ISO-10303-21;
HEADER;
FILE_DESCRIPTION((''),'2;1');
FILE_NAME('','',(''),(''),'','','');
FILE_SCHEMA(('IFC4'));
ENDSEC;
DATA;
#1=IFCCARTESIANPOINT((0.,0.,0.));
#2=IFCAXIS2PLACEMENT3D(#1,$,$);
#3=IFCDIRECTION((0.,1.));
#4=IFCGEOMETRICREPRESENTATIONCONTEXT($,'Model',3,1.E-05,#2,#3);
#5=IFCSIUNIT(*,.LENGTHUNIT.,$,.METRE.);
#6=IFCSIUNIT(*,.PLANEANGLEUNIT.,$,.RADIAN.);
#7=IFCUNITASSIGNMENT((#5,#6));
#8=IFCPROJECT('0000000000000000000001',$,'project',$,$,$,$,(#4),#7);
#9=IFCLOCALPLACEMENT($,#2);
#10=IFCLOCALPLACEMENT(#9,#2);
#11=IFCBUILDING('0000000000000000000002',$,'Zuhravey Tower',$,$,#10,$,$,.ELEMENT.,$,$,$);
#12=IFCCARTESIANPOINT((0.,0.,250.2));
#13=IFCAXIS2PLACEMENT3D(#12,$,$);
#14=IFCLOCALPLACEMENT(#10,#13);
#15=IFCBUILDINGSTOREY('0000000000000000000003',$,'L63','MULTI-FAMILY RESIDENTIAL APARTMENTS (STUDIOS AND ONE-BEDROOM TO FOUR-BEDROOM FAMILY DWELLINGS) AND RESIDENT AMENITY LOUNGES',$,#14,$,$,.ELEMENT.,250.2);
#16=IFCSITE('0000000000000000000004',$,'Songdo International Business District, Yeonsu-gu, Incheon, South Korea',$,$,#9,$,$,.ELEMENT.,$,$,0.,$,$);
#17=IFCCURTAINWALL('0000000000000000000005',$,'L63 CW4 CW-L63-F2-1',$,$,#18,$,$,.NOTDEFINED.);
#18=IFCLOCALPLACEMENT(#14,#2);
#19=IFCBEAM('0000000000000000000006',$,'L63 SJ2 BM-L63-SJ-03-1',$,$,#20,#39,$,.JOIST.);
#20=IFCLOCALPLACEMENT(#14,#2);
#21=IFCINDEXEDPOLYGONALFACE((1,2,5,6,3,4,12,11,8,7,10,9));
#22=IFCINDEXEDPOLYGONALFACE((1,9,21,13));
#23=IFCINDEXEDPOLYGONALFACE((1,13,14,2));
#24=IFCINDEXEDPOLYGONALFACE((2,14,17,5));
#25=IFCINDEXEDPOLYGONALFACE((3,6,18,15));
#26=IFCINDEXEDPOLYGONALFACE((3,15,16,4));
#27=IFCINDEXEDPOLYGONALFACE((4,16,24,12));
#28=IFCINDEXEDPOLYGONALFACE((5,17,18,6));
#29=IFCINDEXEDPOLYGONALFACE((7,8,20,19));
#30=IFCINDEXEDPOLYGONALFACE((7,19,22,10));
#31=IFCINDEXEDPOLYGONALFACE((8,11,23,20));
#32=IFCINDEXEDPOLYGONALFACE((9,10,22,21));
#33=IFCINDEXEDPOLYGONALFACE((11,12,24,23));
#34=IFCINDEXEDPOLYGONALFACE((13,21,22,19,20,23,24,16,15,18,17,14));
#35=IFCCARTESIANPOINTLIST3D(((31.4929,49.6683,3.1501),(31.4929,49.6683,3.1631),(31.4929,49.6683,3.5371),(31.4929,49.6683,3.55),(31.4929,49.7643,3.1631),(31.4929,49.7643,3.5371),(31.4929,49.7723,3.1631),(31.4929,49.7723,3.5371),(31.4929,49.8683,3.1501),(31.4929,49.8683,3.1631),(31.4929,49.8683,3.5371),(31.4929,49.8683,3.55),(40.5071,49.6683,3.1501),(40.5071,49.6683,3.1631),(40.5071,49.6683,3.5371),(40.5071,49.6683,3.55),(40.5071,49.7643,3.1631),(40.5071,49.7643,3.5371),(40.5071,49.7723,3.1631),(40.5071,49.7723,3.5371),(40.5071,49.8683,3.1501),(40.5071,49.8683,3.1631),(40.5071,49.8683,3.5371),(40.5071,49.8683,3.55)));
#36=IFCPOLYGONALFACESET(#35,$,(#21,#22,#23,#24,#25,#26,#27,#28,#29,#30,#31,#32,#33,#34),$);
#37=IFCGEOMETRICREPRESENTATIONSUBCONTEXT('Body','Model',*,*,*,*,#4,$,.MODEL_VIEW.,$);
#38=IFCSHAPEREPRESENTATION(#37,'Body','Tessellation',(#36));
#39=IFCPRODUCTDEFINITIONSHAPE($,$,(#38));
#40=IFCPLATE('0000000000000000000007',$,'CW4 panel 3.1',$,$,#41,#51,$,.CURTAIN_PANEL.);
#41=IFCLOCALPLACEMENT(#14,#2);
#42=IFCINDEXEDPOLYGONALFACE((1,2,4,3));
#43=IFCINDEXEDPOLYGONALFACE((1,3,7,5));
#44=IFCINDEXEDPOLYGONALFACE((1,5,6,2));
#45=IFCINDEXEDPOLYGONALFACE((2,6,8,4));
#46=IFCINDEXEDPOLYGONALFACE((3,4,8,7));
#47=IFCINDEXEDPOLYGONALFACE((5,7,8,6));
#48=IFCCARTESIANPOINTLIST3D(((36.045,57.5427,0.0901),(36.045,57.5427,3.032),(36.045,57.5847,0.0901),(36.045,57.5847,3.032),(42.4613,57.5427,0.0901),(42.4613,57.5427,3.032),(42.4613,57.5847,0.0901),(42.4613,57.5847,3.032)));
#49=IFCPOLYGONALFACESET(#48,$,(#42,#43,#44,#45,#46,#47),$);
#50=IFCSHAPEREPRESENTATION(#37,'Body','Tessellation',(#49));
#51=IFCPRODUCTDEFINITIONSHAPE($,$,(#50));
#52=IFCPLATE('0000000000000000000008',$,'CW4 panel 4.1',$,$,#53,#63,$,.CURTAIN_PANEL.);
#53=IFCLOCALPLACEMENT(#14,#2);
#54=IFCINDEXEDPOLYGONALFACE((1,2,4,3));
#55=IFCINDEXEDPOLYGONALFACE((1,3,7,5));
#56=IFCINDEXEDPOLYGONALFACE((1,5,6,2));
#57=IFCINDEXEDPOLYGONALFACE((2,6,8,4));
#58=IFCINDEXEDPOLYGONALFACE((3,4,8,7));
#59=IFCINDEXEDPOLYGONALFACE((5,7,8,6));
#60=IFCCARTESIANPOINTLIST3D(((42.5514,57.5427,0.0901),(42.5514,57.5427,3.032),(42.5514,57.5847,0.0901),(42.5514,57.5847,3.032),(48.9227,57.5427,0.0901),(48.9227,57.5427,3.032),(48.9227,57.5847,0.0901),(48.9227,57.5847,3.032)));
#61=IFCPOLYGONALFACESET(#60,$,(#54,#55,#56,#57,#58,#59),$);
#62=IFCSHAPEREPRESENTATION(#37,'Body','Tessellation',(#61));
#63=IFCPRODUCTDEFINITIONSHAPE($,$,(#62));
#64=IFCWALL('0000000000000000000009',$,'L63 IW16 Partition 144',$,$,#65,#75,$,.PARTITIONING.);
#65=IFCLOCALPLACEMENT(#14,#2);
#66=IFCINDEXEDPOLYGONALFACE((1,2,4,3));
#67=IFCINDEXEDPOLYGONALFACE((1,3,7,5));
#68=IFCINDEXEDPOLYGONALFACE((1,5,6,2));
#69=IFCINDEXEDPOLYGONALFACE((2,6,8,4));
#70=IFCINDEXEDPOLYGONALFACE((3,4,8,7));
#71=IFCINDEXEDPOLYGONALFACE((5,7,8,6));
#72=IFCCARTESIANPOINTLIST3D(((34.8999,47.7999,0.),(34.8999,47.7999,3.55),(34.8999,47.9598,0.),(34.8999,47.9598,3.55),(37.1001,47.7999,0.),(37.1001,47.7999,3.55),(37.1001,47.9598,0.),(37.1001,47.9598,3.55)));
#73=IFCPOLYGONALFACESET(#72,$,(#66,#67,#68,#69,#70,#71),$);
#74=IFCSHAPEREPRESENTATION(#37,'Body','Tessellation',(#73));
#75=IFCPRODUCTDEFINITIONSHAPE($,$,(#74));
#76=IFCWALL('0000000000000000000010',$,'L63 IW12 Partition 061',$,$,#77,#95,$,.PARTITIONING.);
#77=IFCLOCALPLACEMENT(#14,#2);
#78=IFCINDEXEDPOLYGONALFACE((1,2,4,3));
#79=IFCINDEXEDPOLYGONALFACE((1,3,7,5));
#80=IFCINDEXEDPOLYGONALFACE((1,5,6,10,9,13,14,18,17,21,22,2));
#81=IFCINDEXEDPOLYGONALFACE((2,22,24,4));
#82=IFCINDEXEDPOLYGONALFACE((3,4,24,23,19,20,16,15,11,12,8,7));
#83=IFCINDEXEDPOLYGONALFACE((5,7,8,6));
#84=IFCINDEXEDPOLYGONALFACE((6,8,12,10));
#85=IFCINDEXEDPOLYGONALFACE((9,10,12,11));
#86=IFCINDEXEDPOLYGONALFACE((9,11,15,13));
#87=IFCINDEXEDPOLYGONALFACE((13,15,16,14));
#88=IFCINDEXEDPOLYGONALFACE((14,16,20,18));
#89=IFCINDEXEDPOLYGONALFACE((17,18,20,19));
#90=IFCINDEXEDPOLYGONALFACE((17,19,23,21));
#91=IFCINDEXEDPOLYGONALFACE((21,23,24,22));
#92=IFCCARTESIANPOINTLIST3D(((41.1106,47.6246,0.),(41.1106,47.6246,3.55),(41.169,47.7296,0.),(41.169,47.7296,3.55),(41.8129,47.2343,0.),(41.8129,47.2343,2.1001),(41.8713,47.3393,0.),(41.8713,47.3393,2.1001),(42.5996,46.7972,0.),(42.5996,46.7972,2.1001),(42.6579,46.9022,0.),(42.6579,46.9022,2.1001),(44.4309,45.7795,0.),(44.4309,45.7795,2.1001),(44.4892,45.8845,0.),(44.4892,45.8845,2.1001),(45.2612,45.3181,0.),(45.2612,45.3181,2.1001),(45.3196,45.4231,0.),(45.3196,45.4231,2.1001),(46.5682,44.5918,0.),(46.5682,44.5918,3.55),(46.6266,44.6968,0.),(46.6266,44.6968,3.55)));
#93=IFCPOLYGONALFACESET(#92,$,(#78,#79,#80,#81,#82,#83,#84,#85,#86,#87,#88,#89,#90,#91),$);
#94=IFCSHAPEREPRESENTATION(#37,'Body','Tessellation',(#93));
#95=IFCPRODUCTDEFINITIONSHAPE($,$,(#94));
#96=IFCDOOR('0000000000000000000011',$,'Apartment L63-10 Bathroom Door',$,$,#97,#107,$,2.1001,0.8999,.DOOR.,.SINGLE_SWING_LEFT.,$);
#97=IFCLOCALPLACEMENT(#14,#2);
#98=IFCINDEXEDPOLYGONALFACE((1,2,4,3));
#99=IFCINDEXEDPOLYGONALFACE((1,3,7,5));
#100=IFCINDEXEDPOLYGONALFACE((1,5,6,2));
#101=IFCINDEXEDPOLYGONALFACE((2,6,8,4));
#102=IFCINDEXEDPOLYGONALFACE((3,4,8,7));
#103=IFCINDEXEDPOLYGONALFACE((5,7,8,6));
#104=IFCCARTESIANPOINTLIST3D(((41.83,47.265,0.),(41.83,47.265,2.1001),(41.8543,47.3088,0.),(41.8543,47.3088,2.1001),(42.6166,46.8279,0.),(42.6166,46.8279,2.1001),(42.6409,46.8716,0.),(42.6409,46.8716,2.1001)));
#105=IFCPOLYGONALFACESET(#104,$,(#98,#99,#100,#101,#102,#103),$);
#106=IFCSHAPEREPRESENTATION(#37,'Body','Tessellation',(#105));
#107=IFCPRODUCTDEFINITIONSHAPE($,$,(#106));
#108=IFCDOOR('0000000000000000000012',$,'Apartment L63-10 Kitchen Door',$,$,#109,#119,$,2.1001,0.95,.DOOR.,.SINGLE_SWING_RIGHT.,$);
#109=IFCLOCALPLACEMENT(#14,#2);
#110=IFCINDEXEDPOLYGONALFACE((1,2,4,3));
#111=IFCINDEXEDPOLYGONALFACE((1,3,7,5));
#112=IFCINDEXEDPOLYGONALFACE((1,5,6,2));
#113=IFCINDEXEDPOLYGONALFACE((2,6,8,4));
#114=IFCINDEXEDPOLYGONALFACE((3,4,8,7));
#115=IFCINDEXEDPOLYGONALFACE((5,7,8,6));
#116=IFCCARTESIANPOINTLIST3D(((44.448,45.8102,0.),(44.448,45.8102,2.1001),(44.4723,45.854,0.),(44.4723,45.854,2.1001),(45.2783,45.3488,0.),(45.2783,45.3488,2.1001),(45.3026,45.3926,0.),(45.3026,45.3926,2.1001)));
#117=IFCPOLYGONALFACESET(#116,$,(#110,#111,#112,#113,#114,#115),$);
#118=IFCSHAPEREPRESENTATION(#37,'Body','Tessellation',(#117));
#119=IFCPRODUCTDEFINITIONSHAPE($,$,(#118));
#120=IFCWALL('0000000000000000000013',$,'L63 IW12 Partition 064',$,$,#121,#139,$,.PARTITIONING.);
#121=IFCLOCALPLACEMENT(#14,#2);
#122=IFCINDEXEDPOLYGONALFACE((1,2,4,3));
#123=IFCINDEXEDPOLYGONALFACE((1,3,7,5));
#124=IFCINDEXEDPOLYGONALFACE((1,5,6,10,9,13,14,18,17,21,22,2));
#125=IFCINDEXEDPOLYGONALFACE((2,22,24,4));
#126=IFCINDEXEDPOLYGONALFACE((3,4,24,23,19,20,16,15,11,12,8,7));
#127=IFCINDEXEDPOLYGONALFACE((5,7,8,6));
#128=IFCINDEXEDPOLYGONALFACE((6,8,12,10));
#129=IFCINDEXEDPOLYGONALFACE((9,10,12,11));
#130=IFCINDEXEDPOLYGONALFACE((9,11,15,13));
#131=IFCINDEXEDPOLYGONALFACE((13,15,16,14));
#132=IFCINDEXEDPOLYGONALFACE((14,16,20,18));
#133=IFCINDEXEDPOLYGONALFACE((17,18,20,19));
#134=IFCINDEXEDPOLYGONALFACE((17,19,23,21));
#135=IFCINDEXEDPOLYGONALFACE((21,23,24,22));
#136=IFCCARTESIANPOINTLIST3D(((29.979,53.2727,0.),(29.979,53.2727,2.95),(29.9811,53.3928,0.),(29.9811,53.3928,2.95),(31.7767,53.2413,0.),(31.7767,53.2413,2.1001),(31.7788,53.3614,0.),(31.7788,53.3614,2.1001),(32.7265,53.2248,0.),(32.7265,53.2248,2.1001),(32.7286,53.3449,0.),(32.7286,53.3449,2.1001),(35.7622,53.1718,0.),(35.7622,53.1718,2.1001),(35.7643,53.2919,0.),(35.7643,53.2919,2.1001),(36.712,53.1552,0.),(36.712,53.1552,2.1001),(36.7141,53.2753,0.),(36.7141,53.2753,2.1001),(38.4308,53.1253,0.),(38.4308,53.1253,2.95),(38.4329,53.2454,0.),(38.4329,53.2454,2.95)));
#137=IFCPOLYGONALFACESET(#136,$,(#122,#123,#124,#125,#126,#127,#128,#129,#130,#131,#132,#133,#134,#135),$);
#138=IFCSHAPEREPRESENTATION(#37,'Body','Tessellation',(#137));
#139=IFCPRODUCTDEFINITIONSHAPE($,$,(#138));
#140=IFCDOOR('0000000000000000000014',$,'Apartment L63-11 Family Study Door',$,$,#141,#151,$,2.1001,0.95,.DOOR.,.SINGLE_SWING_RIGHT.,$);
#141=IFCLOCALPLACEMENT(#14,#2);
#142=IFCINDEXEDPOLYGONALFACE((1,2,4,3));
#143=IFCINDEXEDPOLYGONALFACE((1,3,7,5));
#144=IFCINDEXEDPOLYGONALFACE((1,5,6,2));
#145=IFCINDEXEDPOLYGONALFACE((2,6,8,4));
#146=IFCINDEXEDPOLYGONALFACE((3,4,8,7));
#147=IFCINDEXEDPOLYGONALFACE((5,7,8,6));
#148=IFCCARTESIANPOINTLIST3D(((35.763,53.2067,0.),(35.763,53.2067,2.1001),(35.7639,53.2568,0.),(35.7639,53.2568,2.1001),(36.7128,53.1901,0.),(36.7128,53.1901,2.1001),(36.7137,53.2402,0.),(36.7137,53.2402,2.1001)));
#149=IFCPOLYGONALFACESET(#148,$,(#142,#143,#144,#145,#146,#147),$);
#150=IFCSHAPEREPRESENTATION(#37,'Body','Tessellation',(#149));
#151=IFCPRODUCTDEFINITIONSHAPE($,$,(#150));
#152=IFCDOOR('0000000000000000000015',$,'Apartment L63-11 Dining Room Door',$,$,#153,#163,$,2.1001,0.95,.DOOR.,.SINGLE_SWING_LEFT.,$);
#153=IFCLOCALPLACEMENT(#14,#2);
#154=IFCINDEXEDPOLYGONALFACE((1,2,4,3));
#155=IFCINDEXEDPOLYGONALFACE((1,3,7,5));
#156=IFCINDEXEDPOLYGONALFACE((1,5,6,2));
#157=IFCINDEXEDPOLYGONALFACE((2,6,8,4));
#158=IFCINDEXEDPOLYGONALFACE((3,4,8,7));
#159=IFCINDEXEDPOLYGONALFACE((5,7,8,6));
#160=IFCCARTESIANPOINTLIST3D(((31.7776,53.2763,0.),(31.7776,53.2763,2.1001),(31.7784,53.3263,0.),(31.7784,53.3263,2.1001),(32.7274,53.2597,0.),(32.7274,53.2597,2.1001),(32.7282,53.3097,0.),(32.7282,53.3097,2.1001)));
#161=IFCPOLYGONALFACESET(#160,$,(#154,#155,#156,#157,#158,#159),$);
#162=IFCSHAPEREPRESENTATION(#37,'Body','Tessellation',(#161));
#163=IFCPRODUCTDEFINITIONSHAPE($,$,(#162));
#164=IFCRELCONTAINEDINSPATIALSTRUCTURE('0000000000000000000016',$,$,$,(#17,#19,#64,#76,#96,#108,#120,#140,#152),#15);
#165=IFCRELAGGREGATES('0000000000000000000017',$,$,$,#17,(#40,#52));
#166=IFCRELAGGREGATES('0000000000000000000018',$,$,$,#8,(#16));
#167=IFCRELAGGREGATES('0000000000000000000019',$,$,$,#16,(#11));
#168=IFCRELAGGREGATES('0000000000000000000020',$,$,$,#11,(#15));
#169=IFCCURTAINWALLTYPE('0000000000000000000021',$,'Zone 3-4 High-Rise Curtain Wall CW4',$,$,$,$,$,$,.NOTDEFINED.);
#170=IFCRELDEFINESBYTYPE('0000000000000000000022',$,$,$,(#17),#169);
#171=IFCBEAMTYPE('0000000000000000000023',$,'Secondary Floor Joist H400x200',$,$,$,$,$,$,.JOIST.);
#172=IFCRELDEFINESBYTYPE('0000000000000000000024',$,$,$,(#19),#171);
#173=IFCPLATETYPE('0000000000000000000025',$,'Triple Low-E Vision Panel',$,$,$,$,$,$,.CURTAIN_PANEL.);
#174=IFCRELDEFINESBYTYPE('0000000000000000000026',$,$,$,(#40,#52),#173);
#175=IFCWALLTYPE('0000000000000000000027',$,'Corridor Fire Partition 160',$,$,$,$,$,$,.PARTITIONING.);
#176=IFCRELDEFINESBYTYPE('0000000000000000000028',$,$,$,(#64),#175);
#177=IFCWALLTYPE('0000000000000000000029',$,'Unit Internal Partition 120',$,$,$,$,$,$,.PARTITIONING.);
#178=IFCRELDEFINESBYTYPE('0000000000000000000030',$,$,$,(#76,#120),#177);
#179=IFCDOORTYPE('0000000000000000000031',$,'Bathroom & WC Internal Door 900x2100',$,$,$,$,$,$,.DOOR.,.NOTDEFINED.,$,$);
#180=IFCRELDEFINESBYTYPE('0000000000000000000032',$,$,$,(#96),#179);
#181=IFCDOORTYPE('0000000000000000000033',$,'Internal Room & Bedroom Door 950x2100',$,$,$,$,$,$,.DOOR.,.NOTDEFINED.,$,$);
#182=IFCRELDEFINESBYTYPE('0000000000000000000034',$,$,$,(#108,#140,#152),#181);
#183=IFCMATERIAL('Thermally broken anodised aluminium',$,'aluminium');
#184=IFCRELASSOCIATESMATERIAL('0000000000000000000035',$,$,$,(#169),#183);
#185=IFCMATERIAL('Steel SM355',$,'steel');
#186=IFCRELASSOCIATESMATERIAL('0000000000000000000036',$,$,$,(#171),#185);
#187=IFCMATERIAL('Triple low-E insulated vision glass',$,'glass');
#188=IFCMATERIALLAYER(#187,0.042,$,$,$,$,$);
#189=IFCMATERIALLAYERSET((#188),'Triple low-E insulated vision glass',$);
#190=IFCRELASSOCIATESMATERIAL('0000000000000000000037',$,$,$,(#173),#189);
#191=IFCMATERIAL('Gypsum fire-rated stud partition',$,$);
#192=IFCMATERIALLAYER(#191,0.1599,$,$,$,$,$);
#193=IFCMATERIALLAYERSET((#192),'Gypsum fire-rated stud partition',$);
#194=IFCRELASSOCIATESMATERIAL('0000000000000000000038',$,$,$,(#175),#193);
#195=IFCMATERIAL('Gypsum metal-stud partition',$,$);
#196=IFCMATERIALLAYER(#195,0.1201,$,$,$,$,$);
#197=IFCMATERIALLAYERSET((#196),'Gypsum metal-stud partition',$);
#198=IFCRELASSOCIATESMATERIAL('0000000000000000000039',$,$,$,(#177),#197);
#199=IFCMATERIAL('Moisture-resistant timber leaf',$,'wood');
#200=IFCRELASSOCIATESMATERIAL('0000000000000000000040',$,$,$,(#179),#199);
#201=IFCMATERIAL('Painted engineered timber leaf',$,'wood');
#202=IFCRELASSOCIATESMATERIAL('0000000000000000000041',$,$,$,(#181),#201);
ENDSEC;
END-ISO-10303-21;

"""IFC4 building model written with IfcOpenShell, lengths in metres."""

from ifc_helpers import new_model, si_unit, direction, frame, frame_2d, origin, origin_2d, place, context, subcontext, project, spatial, rectangle, i_section, extrude, material, layer, layer_set, material_profile, profile_set, type_object, element, fill, aggregate, save


model = new_model("IFC4")

# Units and contexts
model_context = context("Model", 3, precision=1e-05, world=origin(), true_north=direction((0.0, 1.0)))
body_context = subcontext(model_context, "Body", "Model", "MODEL_VIEW")
ifc_project = project(units=[si_unit("LENGTHUNIT", "METRE"), si_unit("PLANEANGLEUNIT", "RADIAN")], contexts=[model_context])

# Site, building, storey
site_placement = place(None, origin())
site = spatial("IfcSite", under=ifc_project, at=site_placement, Name="Songdo International Business District, Yeonsu-gu, Incheon, South Korea", CompositionType="ELEMENT", RefElevation=0.0)
building_placement = place(site_placement, origin())
building = spatial("IfcBuilding", under=site, at=building_placement, Name="Zuhravey Tower", CompositionType="ELEMENT")
storey_placement = place(building_placement, frame((0.0, 0.0, 250.2)))
storey = spatial("IfcBuildingStorey", under=building, at=storey_placement, Name="L63", Description="MULTI-FAMILY RESIDENTIAL APARTMENTS (STUDIOS AND ONE-BEDROOM TO FOUR-BEDROOM FAMILY DWELLINGS) AND RESIDENT AMENITY LOUNGES", CompositionType="ELEMENT", Elevation=250.2)

# Curtain wall
ifc_material_1 = material(Name="Thermally broken anodised aluminium", Category="aluminium")
curtain_wall_type = type_object("IfcCurtainWallType", Name="Zone 3-4 High-Rise Curtain Wall CW4", PredefinedType="NOTDEFINED", material=ifc_material_1)
curtain_wall_placement = place(storey_placement, origin())
curtain_wall = element("IfcCurtainWall", 1, at=curtain_wall_placement, inside=storey, type_object=curtain_wall_type, Name="L63 CW4 CW-L63-F2-1", PredefinedType="NOTDEFINED")

# Beam
ifc_material_2 = material(Name="Steel SM355", Category="steel")
ifc_material_profile_1 = material_profile(ifc_material_2, i_section(OverallWidth=0.2, OverallDepth=0.3999, WebThickness=0.0081, FlangeThickness=0.0129, at=origin_2d()), Name="H-400x200x8x13")
ifc_profile_set_1 = profile_set([ifc_material_profile_1], Name="Steel SM355")
beam_type_1 = type_object("IfcBeamType", Name="Secondary Floor Joist H400x200", PredefinedType="JOIST", material=ifc_profile_set_1)
beam_1_placement = place(storey_placement, frame((40.5071, 49.7683, 3.3501), z_axis=(-1.0, 0.0, 0.0), x_axis=(0.0, -1.0, 0.0)))
element("IfcBeam", 2, at=beam_1_placement, inside=storey, type_object=beam_type_1, Name="L63 SJ2 BM-L63-SJ-03-1", PredefinedType="JOIST", context=body_context, shape_type="SweptSolid", body=[
    extrude(i_section(OverallWidth=0.2, OverallDepth=0.3999, WebThickness=0.0081, FlangeThickness=0.0129, at=origin_2d()), origin(), (0.0, 0.0, 1.0), 9.0142),
])

# Plates
ifc_material_3 = material(Name="Triple low-E insulated vision glass", Category="glass")
ifc_layer_1 = layer(ifc_material_3, 0.042)
ifc_layer_set_1 = layer_set([ifc_layer_1], Name="Triple low-E insulated vision glass")
plate_type = type_object("IfcPlateType", Name="Triple Low-E Vision Panel", PredefinedType="CURTAIN_PANEL", material=ifc_layer_set_1)
plate_1_placement = place(storey_placement, frame((39.2532, 57.5637, 0.0901), z_axis=(0.0, 0.0, 1.0), x_axis=(1.0, 0.0, 0.0)))
plate_1 = element("IfcPlate", 3, at=plate_1_placement, type_object=plate_type, Name="CW4 panel 3.1", PredefinedType="CURTAIN_PANEL", context=body_context, shape_type="SweptSolid", body=[
    extrude(rectangle(XDim=6.4163, YDim=0.042, at=origin_2d()), origin(), (0.0, 0.0, 1.0), 2.9419),
])
plate_2_placement = place(storey_placement, frame((45.7371, 57.5637, 0.0901), z_axis=(0.0, 0.0, 1.0), x_axis=(1.0, 0.0, 0.0)))
plate_2 = element("IfcPlate", 4, at=plate_2_placement, type_object=plate_type, Name="CW4 panel 4.1", PredefinedType="CURTAIN_PANEL", context=body_context, shape_type="SweptSolid", body=[
    extrude(rectangle(XDim=6.3713, YDim=0.042, at=origin_2d()), origin(), (0.0, 0.0, 1.0), 2.9419),
])
aggregate(curtain_wall, [plate_1, plate_2])

# Wall
ifc_material_4 = material(Name="Gypsum fire-rated stud partition")
ifc_layer_2 = layer(ifc_material_4, 0.1599)
ifc_layer_set_2 = layer_set([ifc_layer_2], Name="Gypsum fire-rated stud partition")
wall_type_1 = type_object("IfcWallType", Name="Corridor Fire Partition 160", PredefinedType="PARTITIONING", material=ifc_layer_set_2)
wall_1_placement = place(storey_placement, frame((37.1001, 47.8799, 0.0), z_axis=(0.0, 0.0, 1.0), x_axis=(-1.0, 0.0, 0.0)))
element("IfcWall", 5, at=wall_1_placement, inside=storey, type_object=wall_type_1, Name="L63 IW16 Partition 144", PredefinedType="PARTITIONING", context=body_context, shape_type="SweptSolid", body=[
    extrude(rectangle(XDim=2.2002, YDim=0.1599, at=frame_2d((1.1001, 0.0))), origin(), (0.0, 0.0, 1.0), 3.55),
])

# Walls, openings, doors
ifc_material_5 = material(Name="Gypsum metal-stud partition")
ifc_layer_3 = layer(ifc_material_5, 0.1201)
ifc_layer_set_3 = layer_set([ifc_layer_3], Name="Gypsum metal-stud partition")
wall_type_2 = type_object("IfcWallType", Name="Unit Internal Partition 120", PredefinedType="PARTITIONING", material=ifc_layer_set_3)
wall_2_placement = place(storey_placement, frame((46.5974, 44.6443, 0.0), z_axis=(0.0, 0.0, 1.0), x_axis=(-0.874106, 0.485736, 0.0)))
wall_2 = element("IfcWall", 6, at=wall_2_placement, inside=storey, type_object=wall_type_2, Name="L63 IW12 Partition 061", PredefinedType="PARTITIONING", context=body_context, shape_type="SweptSolid", body=[
    extrude(rectangle(XDim=6.2437, YDim=0.1201, at=frame_2d((3.1218, 0.0))), origin(), (0.0, 0.0, 1.0), 3.55),
])
opening_1_placement = place(wall_2_placement, frame((1.4951, 0.0, 0.0)))
opening_1 = element("IfcOpeningElement", 7, at=opening_1_placement, cuts=wall_2, PredefinedType="OPENING", context=body_context, shape_type="SweptSolid", body=[
    extrude(rectangle(XDim=0.95, YDim=2.1001, at=frame_2d((0.4751, 1.05))), frame((0.0, 0.072, 0.0), z_axis=(0.0, -1.0, 0.0), x_axis=(1.0, 0.0, 0.0)), (0.0, 0.0, 1.0), 0.144),
])
opening_2_placement = place(wall_2_placement, frame((4.5403, 0.0, 0.0)))
opening_2 = element("IfcOpeningElement", 8, at=opening_2_placement, cuts=wall_2, PredefinedType="OPENING", context=body_context, shape_type="SweptSolid", body=[
    extrude(rectangle(XDim=0.8999, YDim=2.1001, at=frame_2d((0.45, 1.05))), frame((0.0, 0.072, 0.0), z_axis=(0.0, -1.0, 0.0), x_axis=(1.0, 0.0, 0.0)), (0.0, 0.0, 1.0), 0.144),
])
ifc_material_6 = material(Name="Moisture-resistant timber leaf", Category="wood")
door_type_1 = type_object("IfcDoorType", Name="Bathroom & WC Internal Door 900x2100", OperationType="NOTDEFINED", PredefinedType="DOOR", material=ifc_material_6)
door_1_placement = place(opening_2_placement, origin())
door_1 = element("IfcDoor", 9, at=door_1_placement, inside=storey, type_object=door_type_1, Name="Apartment L63-10 Bathroom Door", OperationType="SINGLE_SWING_LEFT", OverallHeight=2.1001, OverallWidth=0.8999, PredefinedType="DOOR", context=body_context, shape_type="SweptSolid", body=[
    extrude(rectangle(XDim=0.8999, YDim=2.1001, at=frame_2d((0.45, 1.05))), frame((0.0, 0.0249, 0.0), z_axis=(0.0, -1.0, 0.0), x_axis=(1.0, 0.0, 0.0)), (0.0, 0.0, 1.0), 0.05),
])
fill(opening_2, door_1)
ifc_material_7 = material(Name="Painted engineered timber leaf", Category="wood")
door_type_2 = type_object("IfcDoorType", Name="Internal Room & Bedroom Door 950x2100", OperationType="NOTDEFINED", PredefinedType="DOOR", material=ifc_material_7)
door_2_placement = place(opening_1_placement, origin())
door_2 = element("IfcDoor", 10, at=door_2_placement, inside=storey, type_object=door_type_2, Name="Apartment L63-10 Kitchen Door", OperationType="SINGLE_SWING_RIGHT", OverallHeight=2.1001, OverallWidth=0.95, PredefinedType="DOOR", context=body_context, shape_type="SweptSolid", body=[
    extrude(rectangle(XDim=0.95, YDim=2.1001, at=frame_2d((0.4751, 1.05))), frame((0.0, 0.0249, 0.0), z_axis=(0.0, -1.0, 0.0), x_axis=(1.0, 0.0, 0.0)), (0.0, 0.0, 1.0), 0.05),
])
fill(opening_1, door_2)
wall_3_placement = place(storey_placement, frame((38.4319, 53.1853, 0.0), z_axis=(0.0, 0.0, 1.0), x_axis=(-0.999848, 0.017444, 0.0)))
wall_3 = element("IfcWall", 11, at=wall_3_placement, inside=storey, type_object=wall_type_2, Name="L63 IW12 Partition 064", PredefinedType="PARTITIONING", context=body_context, shape_type="SweptSolid", body=[
    extrude(rectangle(XDim=8.4531, YDim=0.1201, at=frame_2d((4.2266, 0.0))), origin(), (0.0, 0.0, 1.0), 2.95),
])
opening_3_placement = place(wall_3_placement, frame((1.719, 0.0, 0.0)))
opening_3 = element("IfcOpeningElement", 12, at=opening_3_placement, cuts=wall_3, PredefinedType="OPENING", context=body_context, shape_type="SweptSolid", body=[
    extrude(rectangle(XDim=0.95, YDim=2.1001, at=frame_2d((0.4751, 1.05))), frame((0.0, 0.072, 0.0), z_axis=(0.0, -1.0, 0.0), x_axis=(1.0, 0.0, 0.0)), (0.0, 0.0, 1.0), 0.144),
])
opening_4_placement = place(wall_3_placement, frame((5.7051, 0.0, 0.0)))
opening_4 = element("IfcOpeningElement", 13, at=opening_4_placement, cuts=wall_3, PredefinedType="OPENING", context=body_context, shape_type="SweptSolid", body=[
    extrude(rectangle(XDim=0.95, YDim=2.1001, at=frame_2d((0.4751, 1.05))), frame((0.0, 0.072, 0.0), z_axis=(0.0, -1.0, 0.0), x_axis=(1.0, 0.0, 0.0)), (0.0, 0.0, 1.0), 0.144),
])
door_3_placement = place(opening_3_placement, frame((0.95, 0.0, 0.0), z_axis=(0.0, 0.0, 1.0), x_axis=(-1.0, 0.0, 0.0)))
door_3 = element("IfcDoor", 14, at=door_3_placement, inside=storey, type_object=door_type_2, Name="Apartment L63-11 Family Study Door", OperationType="SINGLE_SWING_RIGHT", OverallHeight=2.1001, OverallWidth=0.95, PredefinedType="DOOR", context=body_context, shape_type="SweptSolid", body=[
    extrude(rectangle(XDim=0.95, YDim=2.1001, at=frame_2d((0.4751, 1.05))), frame((0.0, 0.0249, 0.0), z_axis=(0.0, -1.0, 0.0), x_axis=(1.0, 0.0, 0.0)), (0.0, 0.0, 1.0), 0.05),
])
fill(opening_3, door_3)
door_4_placement = place(opening_4_placement, frame((0.95, 0.0, 0.0), z_axis=(0.0, 0.0, 1.0), x_axis=(-1.0, 0.0, 0.0)))
door_4 = element("IfcDoor", 15, at=door_4_placement, inside=storey, type_object=door_type_2, Name="Apartment L63-11 Dining Room Door", OperationType="SINGLE_SWING_LEFT", OverallHeight=2.1001, OverallWidth=0.95, PredefinedType="DOOR", context=body_context, shape_type="SweptSolid", body=[
    extrude(rectangle(XDim=0.95, YDim=2.1001, at=frame_2d((0.4751, 1.05))), frame((0.0, 0.0249, 0.0), z_axis=(0.0, -1.0, 0.0), x_axis=(1.0, 0.0, 0.0)), (0.0, 0.0, 1.0), 0.05),
])
fill(opening_4, door_4)

save(model, "model.ifc")
